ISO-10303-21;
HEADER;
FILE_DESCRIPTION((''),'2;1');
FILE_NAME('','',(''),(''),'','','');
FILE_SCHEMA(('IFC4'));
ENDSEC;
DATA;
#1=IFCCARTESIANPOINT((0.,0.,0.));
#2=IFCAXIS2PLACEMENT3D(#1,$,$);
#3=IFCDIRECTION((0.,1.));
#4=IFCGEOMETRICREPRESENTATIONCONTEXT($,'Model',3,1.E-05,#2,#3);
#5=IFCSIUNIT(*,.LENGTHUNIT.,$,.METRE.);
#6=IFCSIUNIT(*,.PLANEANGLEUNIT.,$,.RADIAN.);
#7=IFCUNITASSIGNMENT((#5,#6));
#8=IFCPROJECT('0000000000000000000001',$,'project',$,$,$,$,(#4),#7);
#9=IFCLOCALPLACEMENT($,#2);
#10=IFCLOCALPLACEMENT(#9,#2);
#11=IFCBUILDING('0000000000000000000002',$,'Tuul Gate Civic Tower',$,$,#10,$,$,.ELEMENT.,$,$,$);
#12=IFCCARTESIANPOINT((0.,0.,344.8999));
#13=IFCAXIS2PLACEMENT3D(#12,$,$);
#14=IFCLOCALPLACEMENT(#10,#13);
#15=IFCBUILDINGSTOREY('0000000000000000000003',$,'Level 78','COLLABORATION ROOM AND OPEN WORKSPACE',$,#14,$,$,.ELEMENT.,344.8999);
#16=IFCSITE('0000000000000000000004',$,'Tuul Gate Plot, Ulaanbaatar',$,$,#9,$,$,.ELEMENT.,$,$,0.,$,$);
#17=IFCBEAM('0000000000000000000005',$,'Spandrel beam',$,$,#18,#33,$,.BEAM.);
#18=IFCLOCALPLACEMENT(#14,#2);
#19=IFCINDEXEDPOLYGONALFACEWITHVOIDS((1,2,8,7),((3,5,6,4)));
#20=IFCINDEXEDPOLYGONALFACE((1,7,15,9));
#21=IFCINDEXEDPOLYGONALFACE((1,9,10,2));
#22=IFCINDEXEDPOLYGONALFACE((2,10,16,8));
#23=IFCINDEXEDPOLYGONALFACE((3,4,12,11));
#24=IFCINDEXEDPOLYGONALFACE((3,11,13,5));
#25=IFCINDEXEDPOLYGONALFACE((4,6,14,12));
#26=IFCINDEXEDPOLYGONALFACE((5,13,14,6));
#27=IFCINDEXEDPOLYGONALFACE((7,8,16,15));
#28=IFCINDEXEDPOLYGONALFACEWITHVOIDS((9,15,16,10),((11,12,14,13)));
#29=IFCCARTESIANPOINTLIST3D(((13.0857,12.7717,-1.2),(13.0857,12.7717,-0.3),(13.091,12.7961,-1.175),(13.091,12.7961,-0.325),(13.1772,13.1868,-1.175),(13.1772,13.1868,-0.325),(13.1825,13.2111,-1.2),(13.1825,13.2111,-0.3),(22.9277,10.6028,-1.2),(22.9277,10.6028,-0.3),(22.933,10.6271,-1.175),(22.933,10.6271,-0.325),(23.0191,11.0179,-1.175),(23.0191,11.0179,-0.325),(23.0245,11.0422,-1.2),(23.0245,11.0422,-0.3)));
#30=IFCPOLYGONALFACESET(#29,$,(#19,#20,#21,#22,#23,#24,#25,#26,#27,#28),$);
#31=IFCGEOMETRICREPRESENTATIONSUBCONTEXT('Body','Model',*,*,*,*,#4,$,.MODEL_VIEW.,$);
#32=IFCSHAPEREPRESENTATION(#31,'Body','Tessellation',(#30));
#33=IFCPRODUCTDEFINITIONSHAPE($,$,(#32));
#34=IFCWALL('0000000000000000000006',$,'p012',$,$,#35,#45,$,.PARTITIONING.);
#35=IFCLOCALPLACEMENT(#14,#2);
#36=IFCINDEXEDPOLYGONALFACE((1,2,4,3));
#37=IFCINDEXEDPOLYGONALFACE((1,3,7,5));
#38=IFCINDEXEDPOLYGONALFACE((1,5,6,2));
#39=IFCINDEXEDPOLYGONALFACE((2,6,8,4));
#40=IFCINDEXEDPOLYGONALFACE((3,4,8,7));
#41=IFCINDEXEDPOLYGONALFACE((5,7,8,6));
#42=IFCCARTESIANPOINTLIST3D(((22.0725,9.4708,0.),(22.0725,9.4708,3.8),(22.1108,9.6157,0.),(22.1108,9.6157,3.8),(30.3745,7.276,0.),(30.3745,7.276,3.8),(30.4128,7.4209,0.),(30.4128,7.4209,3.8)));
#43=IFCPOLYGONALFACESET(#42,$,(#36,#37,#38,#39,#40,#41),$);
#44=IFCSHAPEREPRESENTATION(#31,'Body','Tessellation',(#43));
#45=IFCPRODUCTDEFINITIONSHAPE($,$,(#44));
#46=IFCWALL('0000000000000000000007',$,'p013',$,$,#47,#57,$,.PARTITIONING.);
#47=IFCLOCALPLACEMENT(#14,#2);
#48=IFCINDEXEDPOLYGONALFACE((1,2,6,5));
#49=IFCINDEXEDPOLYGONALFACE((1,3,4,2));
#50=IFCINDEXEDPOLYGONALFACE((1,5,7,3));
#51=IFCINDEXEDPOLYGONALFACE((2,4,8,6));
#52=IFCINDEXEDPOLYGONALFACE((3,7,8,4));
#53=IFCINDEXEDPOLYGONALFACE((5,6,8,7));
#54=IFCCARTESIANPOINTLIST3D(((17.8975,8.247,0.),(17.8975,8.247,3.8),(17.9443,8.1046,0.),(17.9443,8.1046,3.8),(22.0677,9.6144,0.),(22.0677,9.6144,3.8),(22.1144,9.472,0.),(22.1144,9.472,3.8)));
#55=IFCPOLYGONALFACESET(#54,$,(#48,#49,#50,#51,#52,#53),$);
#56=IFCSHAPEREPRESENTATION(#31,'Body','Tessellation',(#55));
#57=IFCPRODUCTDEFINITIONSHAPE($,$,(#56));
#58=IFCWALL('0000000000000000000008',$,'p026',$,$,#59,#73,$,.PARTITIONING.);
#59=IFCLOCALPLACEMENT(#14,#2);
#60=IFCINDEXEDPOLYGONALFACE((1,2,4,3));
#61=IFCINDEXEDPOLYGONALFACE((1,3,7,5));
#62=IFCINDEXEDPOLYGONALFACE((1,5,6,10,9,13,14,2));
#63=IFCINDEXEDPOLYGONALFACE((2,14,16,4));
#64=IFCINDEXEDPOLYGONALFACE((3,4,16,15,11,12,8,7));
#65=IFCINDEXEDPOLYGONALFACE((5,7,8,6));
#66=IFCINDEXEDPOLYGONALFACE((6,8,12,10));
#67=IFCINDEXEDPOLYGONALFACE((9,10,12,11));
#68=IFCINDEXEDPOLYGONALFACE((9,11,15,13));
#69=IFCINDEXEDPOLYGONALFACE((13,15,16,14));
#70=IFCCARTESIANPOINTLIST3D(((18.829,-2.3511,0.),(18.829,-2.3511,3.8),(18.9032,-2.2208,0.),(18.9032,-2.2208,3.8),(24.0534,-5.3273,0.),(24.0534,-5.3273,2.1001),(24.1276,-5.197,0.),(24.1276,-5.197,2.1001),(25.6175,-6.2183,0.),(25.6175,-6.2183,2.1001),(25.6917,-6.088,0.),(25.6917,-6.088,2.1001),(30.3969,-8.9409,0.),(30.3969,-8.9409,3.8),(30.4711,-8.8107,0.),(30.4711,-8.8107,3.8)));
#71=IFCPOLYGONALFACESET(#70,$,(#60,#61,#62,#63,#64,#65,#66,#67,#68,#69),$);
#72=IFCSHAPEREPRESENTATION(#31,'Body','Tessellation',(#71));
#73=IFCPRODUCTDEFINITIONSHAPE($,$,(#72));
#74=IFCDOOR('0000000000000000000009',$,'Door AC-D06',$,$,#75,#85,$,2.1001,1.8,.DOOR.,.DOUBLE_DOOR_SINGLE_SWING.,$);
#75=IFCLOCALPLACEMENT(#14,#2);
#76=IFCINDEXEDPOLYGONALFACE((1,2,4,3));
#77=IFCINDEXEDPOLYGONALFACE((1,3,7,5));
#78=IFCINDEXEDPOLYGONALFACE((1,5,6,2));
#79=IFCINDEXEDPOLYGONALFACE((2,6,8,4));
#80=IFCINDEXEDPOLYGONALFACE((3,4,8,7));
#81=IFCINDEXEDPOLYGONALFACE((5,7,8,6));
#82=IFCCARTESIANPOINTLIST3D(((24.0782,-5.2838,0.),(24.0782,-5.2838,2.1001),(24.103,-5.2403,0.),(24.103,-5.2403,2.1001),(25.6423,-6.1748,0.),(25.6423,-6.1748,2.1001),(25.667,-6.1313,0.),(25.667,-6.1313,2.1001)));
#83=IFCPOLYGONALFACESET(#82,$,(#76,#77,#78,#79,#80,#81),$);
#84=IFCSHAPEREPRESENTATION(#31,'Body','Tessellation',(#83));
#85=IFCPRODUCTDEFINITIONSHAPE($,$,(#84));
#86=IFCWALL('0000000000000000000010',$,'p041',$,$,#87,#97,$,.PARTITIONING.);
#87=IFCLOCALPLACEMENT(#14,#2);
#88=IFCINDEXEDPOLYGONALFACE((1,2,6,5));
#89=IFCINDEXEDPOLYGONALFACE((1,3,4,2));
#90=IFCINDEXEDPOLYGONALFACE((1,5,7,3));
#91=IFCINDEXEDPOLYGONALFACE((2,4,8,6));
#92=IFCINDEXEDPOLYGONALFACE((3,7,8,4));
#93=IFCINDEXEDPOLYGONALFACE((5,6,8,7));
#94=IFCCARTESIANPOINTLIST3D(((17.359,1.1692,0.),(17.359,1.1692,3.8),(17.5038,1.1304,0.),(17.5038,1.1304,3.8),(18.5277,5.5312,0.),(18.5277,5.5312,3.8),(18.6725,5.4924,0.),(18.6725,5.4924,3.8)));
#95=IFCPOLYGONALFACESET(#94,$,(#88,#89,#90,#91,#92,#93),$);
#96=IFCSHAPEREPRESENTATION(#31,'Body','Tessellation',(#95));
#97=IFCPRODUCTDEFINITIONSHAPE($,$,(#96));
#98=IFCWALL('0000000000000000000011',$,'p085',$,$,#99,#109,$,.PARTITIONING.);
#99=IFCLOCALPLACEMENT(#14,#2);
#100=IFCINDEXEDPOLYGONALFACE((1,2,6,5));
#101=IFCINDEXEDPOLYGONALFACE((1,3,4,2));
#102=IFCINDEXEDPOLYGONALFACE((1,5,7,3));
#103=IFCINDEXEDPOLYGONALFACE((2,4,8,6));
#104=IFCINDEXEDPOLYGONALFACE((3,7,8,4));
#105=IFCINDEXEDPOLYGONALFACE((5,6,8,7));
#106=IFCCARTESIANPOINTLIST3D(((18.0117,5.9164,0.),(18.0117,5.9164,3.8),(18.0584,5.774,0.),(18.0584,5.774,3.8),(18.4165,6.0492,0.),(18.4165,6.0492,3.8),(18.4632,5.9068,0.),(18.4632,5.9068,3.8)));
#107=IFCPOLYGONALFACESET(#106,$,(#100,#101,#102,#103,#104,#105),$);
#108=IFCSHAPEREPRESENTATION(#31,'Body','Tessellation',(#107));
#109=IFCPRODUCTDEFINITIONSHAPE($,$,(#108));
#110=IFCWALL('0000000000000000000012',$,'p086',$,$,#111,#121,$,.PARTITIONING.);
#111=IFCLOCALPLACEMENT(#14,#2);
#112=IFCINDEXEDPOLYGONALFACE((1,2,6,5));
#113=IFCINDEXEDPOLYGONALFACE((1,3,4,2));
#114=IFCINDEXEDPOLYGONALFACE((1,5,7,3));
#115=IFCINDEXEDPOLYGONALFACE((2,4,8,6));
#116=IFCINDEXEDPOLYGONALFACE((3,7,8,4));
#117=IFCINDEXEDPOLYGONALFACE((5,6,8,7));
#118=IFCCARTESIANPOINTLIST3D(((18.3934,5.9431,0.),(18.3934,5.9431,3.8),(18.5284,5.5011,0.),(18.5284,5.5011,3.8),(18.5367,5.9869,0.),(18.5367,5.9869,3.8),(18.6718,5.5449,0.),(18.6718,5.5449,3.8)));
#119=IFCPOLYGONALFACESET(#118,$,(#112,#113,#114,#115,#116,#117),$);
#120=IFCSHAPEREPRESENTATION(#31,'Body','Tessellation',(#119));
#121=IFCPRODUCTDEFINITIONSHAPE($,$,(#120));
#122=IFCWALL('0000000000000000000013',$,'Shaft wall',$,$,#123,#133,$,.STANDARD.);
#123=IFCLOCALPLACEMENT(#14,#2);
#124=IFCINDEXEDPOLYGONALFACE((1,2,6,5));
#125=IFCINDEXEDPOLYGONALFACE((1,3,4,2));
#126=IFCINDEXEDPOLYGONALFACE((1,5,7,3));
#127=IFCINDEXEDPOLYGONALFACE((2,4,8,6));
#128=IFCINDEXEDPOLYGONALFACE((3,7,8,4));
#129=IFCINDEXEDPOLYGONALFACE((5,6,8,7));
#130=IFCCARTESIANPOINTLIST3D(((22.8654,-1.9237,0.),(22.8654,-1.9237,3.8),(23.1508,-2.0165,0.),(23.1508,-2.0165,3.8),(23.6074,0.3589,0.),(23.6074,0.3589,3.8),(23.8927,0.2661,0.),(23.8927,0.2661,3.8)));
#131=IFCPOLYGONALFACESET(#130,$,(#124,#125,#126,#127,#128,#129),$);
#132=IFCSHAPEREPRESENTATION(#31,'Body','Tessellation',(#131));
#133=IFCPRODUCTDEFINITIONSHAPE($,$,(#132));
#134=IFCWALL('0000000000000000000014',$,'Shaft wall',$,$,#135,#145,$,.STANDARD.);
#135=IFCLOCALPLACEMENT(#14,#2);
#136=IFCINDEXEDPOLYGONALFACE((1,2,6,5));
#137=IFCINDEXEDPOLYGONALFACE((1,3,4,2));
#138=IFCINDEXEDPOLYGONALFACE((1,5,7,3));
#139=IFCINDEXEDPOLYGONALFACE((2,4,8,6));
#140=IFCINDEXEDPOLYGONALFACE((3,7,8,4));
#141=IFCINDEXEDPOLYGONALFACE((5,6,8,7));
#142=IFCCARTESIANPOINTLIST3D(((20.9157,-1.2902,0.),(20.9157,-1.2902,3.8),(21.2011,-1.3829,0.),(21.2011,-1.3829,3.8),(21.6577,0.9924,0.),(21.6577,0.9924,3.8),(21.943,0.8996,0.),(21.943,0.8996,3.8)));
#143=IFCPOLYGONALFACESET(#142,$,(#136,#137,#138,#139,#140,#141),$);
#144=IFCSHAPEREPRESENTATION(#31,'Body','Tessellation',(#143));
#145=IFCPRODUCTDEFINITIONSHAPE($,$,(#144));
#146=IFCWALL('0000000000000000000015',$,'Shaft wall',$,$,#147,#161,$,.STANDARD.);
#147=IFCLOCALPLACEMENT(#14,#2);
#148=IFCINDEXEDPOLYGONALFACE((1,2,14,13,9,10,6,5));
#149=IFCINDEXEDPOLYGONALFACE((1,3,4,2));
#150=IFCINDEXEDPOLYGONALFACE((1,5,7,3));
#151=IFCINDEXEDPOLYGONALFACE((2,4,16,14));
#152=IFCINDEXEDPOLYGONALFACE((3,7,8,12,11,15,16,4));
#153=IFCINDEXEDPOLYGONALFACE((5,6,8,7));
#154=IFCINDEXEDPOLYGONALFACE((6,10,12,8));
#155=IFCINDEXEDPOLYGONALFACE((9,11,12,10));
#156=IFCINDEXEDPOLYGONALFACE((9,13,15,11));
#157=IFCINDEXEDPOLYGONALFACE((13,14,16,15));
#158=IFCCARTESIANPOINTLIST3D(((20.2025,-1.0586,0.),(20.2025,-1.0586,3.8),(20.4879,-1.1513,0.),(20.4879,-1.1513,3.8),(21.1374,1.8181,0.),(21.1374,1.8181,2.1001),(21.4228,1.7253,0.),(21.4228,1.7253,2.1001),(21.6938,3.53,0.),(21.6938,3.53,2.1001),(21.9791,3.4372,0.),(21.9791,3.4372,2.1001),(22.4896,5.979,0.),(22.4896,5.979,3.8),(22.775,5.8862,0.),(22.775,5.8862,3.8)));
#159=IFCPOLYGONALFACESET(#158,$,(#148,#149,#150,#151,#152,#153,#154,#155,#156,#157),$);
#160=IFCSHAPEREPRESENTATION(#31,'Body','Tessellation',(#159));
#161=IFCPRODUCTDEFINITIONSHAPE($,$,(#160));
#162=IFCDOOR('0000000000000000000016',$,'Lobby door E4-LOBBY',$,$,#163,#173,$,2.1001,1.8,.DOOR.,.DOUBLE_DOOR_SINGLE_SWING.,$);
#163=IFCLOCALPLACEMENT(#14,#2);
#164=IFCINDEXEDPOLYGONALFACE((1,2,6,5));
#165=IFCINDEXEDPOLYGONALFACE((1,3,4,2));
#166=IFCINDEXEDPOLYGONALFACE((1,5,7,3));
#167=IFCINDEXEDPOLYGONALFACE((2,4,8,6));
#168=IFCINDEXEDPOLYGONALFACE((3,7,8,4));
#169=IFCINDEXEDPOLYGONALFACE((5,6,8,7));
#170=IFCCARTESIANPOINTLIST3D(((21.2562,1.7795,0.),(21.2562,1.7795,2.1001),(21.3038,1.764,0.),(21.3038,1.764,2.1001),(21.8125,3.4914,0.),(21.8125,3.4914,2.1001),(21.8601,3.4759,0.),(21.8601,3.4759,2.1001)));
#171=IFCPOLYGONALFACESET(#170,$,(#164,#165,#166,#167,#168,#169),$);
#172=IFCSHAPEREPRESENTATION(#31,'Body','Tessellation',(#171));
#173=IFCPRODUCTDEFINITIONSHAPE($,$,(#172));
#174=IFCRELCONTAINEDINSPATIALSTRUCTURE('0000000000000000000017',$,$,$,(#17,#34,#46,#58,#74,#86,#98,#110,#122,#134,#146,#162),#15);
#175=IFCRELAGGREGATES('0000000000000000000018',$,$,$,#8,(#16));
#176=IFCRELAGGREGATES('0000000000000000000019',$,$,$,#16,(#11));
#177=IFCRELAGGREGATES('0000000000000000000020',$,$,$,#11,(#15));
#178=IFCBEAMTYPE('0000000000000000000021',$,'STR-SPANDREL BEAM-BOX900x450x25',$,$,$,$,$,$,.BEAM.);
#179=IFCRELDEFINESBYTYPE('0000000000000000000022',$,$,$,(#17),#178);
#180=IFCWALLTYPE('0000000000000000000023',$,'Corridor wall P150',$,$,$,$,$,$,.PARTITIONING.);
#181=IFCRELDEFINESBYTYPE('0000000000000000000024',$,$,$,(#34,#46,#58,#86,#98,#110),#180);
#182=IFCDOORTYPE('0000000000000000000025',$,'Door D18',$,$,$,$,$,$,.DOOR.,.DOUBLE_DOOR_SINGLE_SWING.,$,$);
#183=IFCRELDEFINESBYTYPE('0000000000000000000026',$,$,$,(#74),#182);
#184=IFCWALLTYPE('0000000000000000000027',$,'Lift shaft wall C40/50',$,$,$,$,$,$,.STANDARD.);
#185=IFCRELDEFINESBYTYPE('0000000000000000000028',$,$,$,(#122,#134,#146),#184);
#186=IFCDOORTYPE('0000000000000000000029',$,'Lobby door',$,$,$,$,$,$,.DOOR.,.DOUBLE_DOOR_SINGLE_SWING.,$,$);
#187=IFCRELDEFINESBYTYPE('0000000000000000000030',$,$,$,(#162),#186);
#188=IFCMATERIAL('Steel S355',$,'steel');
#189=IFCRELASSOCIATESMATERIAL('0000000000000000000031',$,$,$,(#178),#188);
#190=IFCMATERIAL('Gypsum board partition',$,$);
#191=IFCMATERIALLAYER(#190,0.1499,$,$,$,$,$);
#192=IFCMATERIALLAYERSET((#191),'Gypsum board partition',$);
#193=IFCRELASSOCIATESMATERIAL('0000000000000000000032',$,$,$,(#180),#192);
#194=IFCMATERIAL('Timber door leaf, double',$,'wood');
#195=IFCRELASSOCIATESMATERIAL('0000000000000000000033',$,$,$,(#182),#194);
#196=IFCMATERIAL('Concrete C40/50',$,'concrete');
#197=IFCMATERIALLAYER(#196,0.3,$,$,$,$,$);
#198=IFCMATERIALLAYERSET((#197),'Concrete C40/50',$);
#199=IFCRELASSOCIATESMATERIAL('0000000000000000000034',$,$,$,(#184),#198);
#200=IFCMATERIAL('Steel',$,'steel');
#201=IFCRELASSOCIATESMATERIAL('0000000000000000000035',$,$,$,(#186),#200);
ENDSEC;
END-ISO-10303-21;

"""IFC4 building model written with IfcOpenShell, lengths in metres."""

from ifc_helpers import new_model, si_unit, direction, frame, frame_2d, origin, origin_2d, place, context, subcontext, project, spatial, rectangle, hollow_rectangle, extrude, material, layer, layer_set, material_profile, profile_set, type_object, element, fill, save


model = new_model("IFC4")

# Units and contexts
model_context = context("Model", 3, precision=1e-05, world=origin(), true_north=direction((0.0, 1.0)))
body_context = subcontext(model_context, "Body", "Model", "MODEL_VIEW")
ifc_project = project(units=[si_unit("LENGTHUNIT", "METRE"), si_unit("PLANEANGLEUNIT", "RADIAN")], contexts=[model_context])

# Site, building, storey
site_placement = place(None, origin())
site = spatial("IfcSite", under=ifc_project, at=site_placement, Name="Tuul Gate Plot, Ulaanbaatar", CompositionType="ELEMENT", RefElevation=0.0)
building_placement = place(site_placement, origin())
building = spatial("IfcBuilding", under=site, at=building_placement, Name="Tuul Gate Civic Tower", CompositionType="ELEMENT")
storey_placement = place(building_placement, frame((0.0, 0.0, 344.8999)))
storey = spatial("IfcBuildingStorey", under=building, at=storey_placement, Name="Level 78", Description="COLLABORATION ROOM AND OPEN WORKSPACE", CompositionType="ELEMENT", Elevation=344.8999)

# Beam
ifc_material_1 = material(Name="Steel S355", Category="steel")
ifc_material_profile_1 = material_profile(ifc_material_1, hollow_rectangle(XDim=0.45, YDim=0.8999, WallThickness=0.0249, at=origin_2d()), Name="BOX900x450x25")
ifc_profile_set_1 = profile_set([ifc_material_profile_1], Name="Steel S355")
beam_type = type_object("IfcBeamType", Name="STR-SPANDREL BEAM-BOX900x450x25", PredefinedType="BEAM", material=ifc_profile_set_1)
beam_placement = place(storey_placement, frame((22.9761, 10.8225, -0.75), z_axis=(-0.976567, 0.215212, 0.0), x_axis=(-0.215212, -0.976567, 0.0)))
element("IfcBeam", 1, at=beam_placement, inside=storey, type_object=beam_type, Name="Spandrel beam", PredefinedType="BEAM", context=body_context, shape_type="SweptSolid", body=[
    extrude(hollow_rectangle(XDim=0.45, YDim=0.8999, WallThickness=0.0249, at=origin_2d()), origin(), (0.0, 0.0, 1.0), 10.0781),
])

# Walls
ifc_material_2 = material(Name="Gypsum board partition")
ifc_layer_1 = layer(ifc_material_2, 0.1499)
ifc_layer_set_1 = layer_set([ifc_layer_1], Name="Gypsum board partition")
wall_type_1 = type_object("IfcWallType", Name="Corridor wall P150", PredefinedType="PARTITIONING", material=ifc_layer_set_1)
wall_1_placement = place(storey_placement, frame((22.0918, 9.5432, 0.0), z_axis=(0.0, 0.0, 1.0), x_axis=(0.966785, -0.255592, 0.0)))
element("IfcWall", 2, at=wall_1_placement, inside=storey, type_object=wall_type_1, Name="p012", PredefinedType="PARTITIONING", context=body_context, shape_type="SweptSolid", body=[
    extrude(rectangle(XDim=8.5872, YDim=0.1499, at=frame_2d((4.2935, 0.0))), origin(), (0.0, 0.0, 1.0), 3.8),
])
wall_2_placement = place(storey_placement, frame((17.9209, 8.1758, 0.0), z_axis=(0.0, 0.0, 1.0), x_axis=(0.950218, 0.311584, 0.0)))
element("IfcWall", 3, at=wall_2_placement, inside=storey, type_object=wall_type_1, Name="p013", PredefinedType="PARTITIONING", context=body_context, shape_type="SweptSolid", body=[
    extrude(rectangle(XDim=4.3887, YDim=0.1499, at=frame_2d((2.1943, 0.0))), origin(), (0.0, 0.0, 1.0), 3.8),
])

# Wall, opening, door
wall_3_placement = place(storey_placement, frame((18.866, -2.2859, 0.0), z_axis=(0.0, 0.0, 1.0), x_axis=(0.868901, -0.494985, 0.0)))
wall_3 = element("IfcWall", 4, at=wall_3_placement, inside=storey, type_object=wall_type_1, Name="p026", PredefinedType="PARTITIONING", context=body_context, shape_type="SweptSolid", body=[
    extrude(rectangle(XDim=13.3132, YDim=0.1499, at=frame_2d((6.6567, 0.0))), origin(), (0.0, 0.0, 1.0), 3.8),
])
opening_1_placement = place(wall_3_placement, frame((6.0129, 0.0, 0.0)))
opening_1 = element("IfcOpeningElement", 5, at=opening_1_placement, cuts=wall_3, PredefinedType="OPENING", context=body_context, shape_type="SweptSolid", body=[
    extrude(rectangle(XDim=1.8, YDim=2.1001, at=frame_2d((0.8999, 1.05))), frame((0.0, 0.085, 0.0), z_axis=(0.0, -1.0, 0.0), x_axis=(1.0, 0.0, 0.0)), (0.0, 0.0, 1.0), 0.1699),
])
ifc_material_3 = material(Name="Timber door leaf, double", Category="wood")
door_type_1 = type_object("IfcDoorType", Name="Door D18", OperationType="DOUBLE_DOOR_SINGLE_SWING", PredefinedType="DOOR", material=ifc_material_3)
door_1_placement = place(opening_1_placement, frame((1.8, 0.0, 0.0), z_axis=(0.0, 0.0, 1.0), x_axis=(-1.0, 0.0, 0.0)))
door_1 = element("IfcDoor", 6, at=door_1_placement, inside=storey, type_object=door_type_1, Name="Door AC-D06", OperationType="DOUBLE_DOOR_SINGLE_SWING", OverallHeight=2.1001, OverallWidth=1.8, PredefinedType="DOOR", context=body_context, shape_type="SweptSolid", body=[
    extrude(rectangle(XDim=1.8, YDim=2.1001, at=frame_2d((0.9001, 1.05))), frame((0.0, 0.0249, 0.0), z_axis=(0.0, -1.0, 0.0), x_axis=(1.0, 0.0, 0.0)), (0.0, 0.0, 1.0), 0.05),
])
fill(opening_1, door_1)

# Walls
wall_4_placement = place(storey_placement, frame((17.4314, 1.1499, 0.0), z_axis=(0.0, 0.0, 1.0), x_axis=(0.258796, 0.965932, 0.0)))
element("IfcWall", 7, at=wall_4_placement, inside=storey, type_object=wall_type_1, Name="p041", PredefinedType="PARTITIONING", context=body_context, shape_type="SweptSolid", body=[
    extrude(rectangle(XDim=4.5159, YDim=0.1499, at=frame_2d((2.2578, 0.0))), origin(), (0.0, 0.0, 1.0), 3.8),
])
wall_5_placement = place(storey_placement, frame((18.0352, 5.8452, 0.0), z_axis=(0.0, 0.0, 1.0), x_axis=(0.950163, 0.311754, 0.0)))
element("IfcWall", 8, at=wall_5_placement, inside=storey, type_object=wall_type_1, Name="p085", PredefinedType="PARTITIONING", context=body_context, shape_type="SweptSolid", body=[
    extrude(rectangle(XDim=0.426, YDim=0.1499, at=frame_2d((0.2129, 0.0))), origin(), (0.0, 0.0, 1.0), 3.8),
])
wall_6_placement = place(storey_placement, frame((18.4651, 5.9648, 0.0), z_axis=(0.0, 0.0, 1.0), x_axis=(0.292192, -0.95636, 0.0)))
element("IfcWall", 9, at=wall_6_placement, inside=storey, type_object=wall_type_1, Name="p086", PredefinedType="PARTITIONING", context=body_context, shape_type="SweptSolid", body=[
    extrude(rectangle(XDim=0.4622, YDim=0.1499, at=frame_2d((0.231, 0.0))), origin(), (0.0, 0.0, 1.0), 3.8),
])
ifc_material_4 = material(Name="Concrete C40/50", Category="concrete")
ifc_layer_2 = layer(ifc_material_4, 0.3)
ifc_layer_set_2 = layer_set([ifc_layer_2], Name="Concrete C40/50")
wall_type_2 = type_object("IfcWallType", Name="Lift shaft wall C40/50", PredefinedType="STANDARD", material=ifc_layer_set_2)
for number, where, z_axis, x_axis, name in (
    (10, (23.0081, -1.9702, 0.0), (0.0, 0.0, 1.0), (0.309139, 0.951017, 0.0), "Shaft wall"),
    (11, (21.0583, -1.3367, 0.0), (0.0, 0.0, 1.0), (0.309139, 0.951017, 0.0), "Shaft wall"),
):
    element("IfcWall", number, at=place(storey_placement, frame(where, z_axis=z_axis, x_axis=x_axis)), inside=storey, type_object=wall_type_2, Name=name, PredefinedType="STANDARD", context=body_context, shape_type="SweptSolid", body=[
        extrude(rectangle(XDim=2.4001, YDim=0.3, at=frame_2d((1.2002, 0.0))), origin(), (0.0, 0.0, 1.0), 3.8),
    ])

# Wall, opening, door
wall_7_placement = place(storey_placement, frame((20.3452, -1.105, 0.0), z_axis=(0.0, 0.0, 1.0), x_axis=(0.309073, 0.951038, 0.0)))
wall_7 = element("IfcWall", 12, at=wall_7_placement, inside=storey, type_object=wall_type_2, Name="Shaft wall", PredefinedType="STANDARD", context=body_context, shape_type="SweptSolid", body=[
    extrude(rectangle(XDim=7.3999, YDim=0.3, at=frame_2d((3.7, 0.0))), origin(), (0.0, 0.0, 1.0), 3.8),
])
opening_2_placement = place(wall_7_placement, frame((3.0249, 0.0, 0.0)))
opening_2 = element("IfcOpeningElement", 13, at=opening_2_placement, cuts=wall_7, PredefinedType="OPENING", context=body_context, shape_type="SweptSolid", body=[
    extrude(rectangle(XDim=1.8, YDim=2.1001, at=frame_2d((0.8999, 1.05))), frame((0.0, 0.1602, 0.0), z_axis=(0.0, -1.0, 0.0), x_axis=(1.0, 0.0, 0.0)), (0.0, 0.0, 1.0), 0.3201),
])
ifc_material_5 = material(Name="Steel", Category="steel")
door_type_2 = type_object("IfcDoorType", Name="Lobby door", OperationType="DOUBLE_DOOR_SINGLE_SWING", PredefinedType="DOOR", material=ifc_material_5)
door_2_placement = place(opening_2_placement, frame((1.8, 0.0, 0.0), z_axis=(0.0, 0.0, 1.0), x_axis=(-1.0, 0.0, 0.0)))
door_2 = element("IfcDoor", 14, at=door_2_placement, inside=storey, type_object=door_type_2, Name="Lobby door E4-LOBBY", OperationType="DOUBLE_DOOR_SINGLE_SWING", OverallHeight=2.1001, OverallWidth=1.8, PredefinedType="DOOR", context=body_context, shape_type="SweptSolid", body=[
    extrude(rectangle(XDim=1.8, YDim=2.1001, at=frame_2d((0.9001, 1.05))), frame((0.0, 0.0249, 0.0), z_axis=(0.0, -1.0, 0.0), x_axis=(1.0, 0.0, 0.0)), (0.0, 0.0, 1.0), 0.05),
])
fill(opening_2, door_2)

save(model, "model.ifc")
